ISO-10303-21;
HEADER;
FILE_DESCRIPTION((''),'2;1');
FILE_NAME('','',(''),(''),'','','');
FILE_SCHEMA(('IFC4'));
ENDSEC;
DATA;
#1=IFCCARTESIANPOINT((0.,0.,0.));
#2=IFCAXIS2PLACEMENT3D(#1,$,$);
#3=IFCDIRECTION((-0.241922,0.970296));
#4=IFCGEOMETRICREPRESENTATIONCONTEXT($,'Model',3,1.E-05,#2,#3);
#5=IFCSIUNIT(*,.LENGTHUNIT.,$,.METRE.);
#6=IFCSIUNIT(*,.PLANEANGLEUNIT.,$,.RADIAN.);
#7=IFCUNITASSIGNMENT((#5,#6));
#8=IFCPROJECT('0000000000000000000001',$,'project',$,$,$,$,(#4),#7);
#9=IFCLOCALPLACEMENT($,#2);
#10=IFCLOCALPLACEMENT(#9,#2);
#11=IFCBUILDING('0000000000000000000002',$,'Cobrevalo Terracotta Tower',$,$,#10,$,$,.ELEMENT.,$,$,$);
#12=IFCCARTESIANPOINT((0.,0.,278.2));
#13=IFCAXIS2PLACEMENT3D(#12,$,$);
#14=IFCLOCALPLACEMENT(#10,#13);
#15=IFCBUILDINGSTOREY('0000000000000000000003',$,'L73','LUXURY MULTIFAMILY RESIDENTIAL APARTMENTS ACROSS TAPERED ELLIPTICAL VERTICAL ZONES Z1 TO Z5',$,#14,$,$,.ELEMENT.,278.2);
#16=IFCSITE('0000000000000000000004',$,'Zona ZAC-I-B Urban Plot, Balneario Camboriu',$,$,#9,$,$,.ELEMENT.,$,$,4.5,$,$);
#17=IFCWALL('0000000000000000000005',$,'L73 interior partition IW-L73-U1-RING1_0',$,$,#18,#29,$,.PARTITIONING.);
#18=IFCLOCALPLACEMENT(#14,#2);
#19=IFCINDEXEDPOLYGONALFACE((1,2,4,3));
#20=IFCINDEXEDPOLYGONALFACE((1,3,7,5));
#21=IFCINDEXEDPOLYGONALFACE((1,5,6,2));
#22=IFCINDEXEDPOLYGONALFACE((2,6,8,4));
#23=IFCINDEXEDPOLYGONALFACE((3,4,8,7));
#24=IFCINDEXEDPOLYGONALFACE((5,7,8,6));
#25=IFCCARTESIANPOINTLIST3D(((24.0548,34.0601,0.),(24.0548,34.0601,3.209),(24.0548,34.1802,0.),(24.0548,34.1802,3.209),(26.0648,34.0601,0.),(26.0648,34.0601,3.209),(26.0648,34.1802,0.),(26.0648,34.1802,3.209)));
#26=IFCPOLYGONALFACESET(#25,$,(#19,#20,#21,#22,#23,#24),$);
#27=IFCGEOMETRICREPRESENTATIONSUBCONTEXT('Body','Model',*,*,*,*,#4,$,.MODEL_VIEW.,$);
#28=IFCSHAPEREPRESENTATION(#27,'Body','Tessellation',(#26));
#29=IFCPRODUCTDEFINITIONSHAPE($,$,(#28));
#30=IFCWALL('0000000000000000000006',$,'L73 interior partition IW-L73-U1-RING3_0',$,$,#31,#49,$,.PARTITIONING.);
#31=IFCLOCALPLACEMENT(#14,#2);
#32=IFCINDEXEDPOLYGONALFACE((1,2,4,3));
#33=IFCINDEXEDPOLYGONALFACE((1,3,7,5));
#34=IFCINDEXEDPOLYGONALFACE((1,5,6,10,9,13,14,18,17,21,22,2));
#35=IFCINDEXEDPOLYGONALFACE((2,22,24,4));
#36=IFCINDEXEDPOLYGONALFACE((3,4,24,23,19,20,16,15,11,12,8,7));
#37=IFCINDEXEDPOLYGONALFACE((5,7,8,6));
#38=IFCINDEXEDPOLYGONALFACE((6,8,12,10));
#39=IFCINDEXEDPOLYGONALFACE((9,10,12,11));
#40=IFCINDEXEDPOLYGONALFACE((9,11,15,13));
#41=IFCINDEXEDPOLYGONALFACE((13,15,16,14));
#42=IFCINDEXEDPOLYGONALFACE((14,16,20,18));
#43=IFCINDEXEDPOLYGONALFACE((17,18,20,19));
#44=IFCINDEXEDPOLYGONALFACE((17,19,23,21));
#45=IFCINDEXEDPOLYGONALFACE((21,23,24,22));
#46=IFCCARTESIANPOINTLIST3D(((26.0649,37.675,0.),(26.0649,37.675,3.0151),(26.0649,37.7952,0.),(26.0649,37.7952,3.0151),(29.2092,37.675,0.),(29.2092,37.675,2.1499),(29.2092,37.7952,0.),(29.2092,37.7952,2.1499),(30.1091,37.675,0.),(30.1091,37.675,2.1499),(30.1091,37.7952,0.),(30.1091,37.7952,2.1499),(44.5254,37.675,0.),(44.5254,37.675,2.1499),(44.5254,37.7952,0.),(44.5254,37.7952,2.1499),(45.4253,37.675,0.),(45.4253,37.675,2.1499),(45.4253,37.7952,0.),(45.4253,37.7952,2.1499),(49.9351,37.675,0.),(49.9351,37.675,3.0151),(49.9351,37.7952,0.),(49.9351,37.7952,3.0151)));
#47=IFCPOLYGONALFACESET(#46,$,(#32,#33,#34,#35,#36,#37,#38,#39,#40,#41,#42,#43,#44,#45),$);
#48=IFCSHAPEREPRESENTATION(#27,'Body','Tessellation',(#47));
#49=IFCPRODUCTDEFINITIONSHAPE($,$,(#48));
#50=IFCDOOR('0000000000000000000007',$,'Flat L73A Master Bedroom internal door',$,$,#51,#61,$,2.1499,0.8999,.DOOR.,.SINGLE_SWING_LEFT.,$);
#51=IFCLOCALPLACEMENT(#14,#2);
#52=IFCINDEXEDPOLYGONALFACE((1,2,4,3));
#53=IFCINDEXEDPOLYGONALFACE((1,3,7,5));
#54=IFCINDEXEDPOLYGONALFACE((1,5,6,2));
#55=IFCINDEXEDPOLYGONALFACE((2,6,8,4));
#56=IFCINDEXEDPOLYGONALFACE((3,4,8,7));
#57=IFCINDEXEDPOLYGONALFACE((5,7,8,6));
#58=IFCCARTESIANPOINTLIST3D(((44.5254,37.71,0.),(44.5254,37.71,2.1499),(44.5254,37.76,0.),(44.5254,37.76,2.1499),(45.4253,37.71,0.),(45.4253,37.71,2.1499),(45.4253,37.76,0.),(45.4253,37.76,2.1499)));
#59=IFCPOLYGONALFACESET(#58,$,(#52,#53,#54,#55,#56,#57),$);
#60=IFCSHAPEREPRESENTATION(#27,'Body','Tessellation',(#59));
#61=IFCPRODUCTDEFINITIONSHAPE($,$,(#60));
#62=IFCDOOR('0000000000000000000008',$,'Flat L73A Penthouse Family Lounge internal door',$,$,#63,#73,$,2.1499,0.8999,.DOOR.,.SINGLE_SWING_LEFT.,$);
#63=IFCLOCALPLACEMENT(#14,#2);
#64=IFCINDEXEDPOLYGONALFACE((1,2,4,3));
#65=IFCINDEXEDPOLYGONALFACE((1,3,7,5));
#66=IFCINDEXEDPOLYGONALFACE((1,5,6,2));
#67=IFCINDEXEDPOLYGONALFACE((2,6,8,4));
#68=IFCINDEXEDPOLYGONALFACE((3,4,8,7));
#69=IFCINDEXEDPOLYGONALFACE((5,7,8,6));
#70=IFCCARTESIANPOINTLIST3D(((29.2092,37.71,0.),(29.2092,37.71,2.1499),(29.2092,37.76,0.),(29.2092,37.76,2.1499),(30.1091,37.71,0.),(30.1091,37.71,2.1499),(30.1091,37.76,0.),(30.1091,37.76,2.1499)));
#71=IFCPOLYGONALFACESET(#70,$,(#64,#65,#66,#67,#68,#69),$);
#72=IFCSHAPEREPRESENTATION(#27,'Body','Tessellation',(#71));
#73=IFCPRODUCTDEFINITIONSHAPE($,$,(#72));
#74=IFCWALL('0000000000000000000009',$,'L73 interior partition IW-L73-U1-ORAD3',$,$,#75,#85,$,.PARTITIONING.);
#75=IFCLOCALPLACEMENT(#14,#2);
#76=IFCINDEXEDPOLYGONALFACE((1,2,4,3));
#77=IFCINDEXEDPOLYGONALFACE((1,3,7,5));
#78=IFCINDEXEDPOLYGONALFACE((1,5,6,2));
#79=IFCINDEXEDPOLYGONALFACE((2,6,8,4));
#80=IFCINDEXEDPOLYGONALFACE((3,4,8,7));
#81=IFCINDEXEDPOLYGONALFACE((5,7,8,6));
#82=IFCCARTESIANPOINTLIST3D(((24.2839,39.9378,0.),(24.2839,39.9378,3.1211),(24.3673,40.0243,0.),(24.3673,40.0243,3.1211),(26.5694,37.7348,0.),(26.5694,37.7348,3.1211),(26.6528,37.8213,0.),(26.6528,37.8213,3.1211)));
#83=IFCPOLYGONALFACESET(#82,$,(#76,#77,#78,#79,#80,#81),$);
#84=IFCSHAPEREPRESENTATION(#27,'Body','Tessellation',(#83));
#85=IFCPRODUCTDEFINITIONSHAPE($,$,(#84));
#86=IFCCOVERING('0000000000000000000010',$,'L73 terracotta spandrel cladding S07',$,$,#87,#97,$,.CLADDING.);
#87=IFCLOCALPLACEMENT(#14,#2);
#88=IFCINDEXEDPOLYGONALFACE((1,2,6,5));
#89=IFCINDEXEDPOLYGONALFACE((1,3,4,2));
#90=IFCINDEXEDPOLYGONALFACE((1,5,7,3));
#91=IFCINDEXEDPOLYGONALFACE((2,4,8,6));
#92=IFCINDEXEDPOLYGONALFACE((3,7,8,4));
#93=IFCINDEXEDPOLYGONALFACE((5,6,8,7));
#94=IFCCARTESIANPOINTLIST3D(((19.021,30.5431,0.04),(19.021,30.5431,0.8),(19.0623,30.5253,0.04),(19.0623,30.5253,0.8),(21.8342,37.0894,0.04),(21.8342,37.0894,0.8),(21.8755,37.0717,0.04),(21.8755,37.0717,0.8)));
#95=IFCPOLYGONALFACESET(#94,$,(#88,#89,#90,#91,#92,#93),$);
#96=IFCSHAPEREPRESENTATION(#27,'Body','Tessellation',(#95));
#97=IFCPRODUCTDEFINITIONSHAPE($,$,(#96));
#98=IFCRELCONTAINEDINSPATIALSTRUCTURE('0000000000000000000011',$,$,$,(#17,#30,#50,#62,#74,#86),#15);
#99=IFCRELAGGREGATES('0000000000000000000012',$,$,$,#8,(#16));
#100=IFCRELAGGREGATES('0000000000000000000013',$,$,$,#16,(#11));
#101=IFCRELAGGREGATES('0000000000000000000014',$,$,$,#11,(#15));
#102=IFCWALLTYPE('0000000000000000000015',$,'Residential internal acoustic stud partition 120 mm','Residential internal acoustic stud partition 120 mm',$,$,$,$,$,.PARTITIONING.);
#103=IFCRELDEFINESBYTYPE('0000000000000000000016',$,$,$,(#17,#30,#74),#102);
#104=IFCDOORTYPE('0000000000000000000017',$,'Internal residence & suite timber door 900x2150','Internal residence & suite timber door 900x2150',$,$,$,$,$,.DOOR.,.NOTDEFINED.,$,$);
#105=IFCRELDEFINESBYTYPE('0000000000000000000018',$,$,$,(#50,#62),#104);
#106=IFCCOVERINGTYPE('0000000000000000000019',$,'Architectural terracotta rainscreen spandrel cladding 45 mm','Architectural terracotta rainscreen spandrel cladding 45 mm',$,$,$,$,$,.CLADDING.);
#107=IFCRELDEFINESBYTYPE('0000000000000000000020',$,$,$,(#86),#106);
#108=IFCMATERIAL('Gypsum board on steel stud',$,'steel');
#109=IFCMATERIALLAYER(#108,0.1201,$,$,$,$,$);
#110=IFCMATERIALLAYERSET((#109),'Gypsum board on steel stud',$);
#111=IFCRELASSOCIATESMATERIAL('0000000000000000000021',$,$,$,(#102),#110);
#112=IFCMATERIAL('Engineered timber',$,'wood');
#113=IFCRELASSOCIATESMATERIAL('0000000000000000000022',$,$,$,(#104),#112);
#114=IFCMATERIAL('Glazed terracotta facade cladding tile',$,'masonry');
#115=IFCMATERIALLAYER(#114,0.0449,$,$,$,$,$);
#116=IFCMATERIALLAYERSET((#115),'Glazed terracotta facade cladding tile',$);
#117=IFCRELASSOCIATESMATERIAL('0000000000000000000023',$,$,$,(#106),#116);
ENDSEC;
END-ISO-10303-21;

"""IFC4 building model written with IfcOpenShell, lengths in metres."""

from ifc_helpers import new_model, si_unit, direction, frame, frame_2d, origin, origin_2d, place, context, subcontext, project, spatial, rectangle, extrude, source, transform, mapped, material, layer, layer_set, type_object, element, fill, save


model = new_model("IFC4")

# Units and contexts
model_context = context("Model", 3, precision=1e-05, world=origin(), true_north=direction((-0.241922, 0.970296)))
body_context = subcontext(model_context, "Body", "Model", "MODEL_VIEW")
ifc_project = project(units=[si_unit("LENGTHUNIT", "METRE"), si_unit("PLANEANGLEUNIT", "RADIAN")], contexts=[model_context])

# Site, building, storey
site_placement = place(None, origin())
site = spatial("IfcSite", under=ifc_project, at=site_placement, Name="Zona ZAC-I-B Urban Plot, Balneario Camboriu", CompositionType="ELEMENT", RefElevation=4.5)
building_placement = place(site_placement, origin())
building = spatial("IfcBuilding", under=site, at=building_placement, Name="Cobrevalo Terracotta Tower", CompositionType="ELEMENT")
storey_placement = place(building_placement, frame((0.0, 0.0, 278.2)))
storey = spatial("IfcBuildingStorey", under=building, at=storey_placement, Name="L73", Description="LUXURY MULTIFAMILY RESIDENTIAL APARTMENTS ACROSS TAPERED ELLIPTICAL VERTICAL ZONES Z1 TO Z5", CompositionType="ELEMENT", Elevation=278.2)

# Wall
ifc_material_1 = material(Name="Gypsum board on steel stud", Category="steel")
ifc_layer_1 = layer(ifc_material_1, 0.1201)
ifc_layer_set_1 = layer_set([ifc_layer_1], Name="Gypsum board on steel stud")
wall_type_1 = type_object("IfcWallType", Name="Residential internal acoustic stud partition 120 mm", Description="Residential internal acoustic stud partition 120 mm", PredefinedType="PARTITIONING", material=ifc_layer_set_1)
wall_1_placement = place(storey_placement, frame((24.0549, 34.1201, 0.0), z_axis=(0.0, 0.0, 1.0), x_axis=(1.0, 0.0, 0.0)))
element("IfcWall", 1, at=wall_1_placement, inside=storey, type_object=wall_type_1, Name="L73 interior partition IW-L73-U1-RING1_0", PredefinedType="PARTITIONING", context=body_context, shape_type="SweptSolid", body=[
    extrude(rectangle(XDim=2.01, YDim=0.1201, at=frame_2d((1.0049, 0.0))), origin(), (0.0, 0.0, 1.0), 3.209),
])

# Shared definitions
ifc_material_2 = material(Name="Engineered timber", Category="wood")
door_type = type_object("IfcDoorType", Name="Internal residence & suite timber door 900x2150", Description="Internal residence & suite timber door 900x2150", OperationType="NOTDEFINED", PredefinedType="DOOR", material=ifc_material_2)
shared_shape_1 = source(origin(), body_context, "Body", "SweptSolid", [
    extrude(rectangle(XDim=0.8999, YDim=2.1499, at=frame_2d((0.45, 1.075))), frame((0.0, 0.0249, 0.0), z_axis=(0.0, -1.0, 0.0), x_axis=(1.0, 0.0, 0.0)), (0.0, 0.0, 1.0), 0.05),
])

# Wall, openings, doors
wall_2_placement = place(storey_placement, frame((26.0649, 37.7351, 0.0), z_axis=(0.0, 0.0, 1.0), x_axis=(1.0, 0.0, 0.0)))
wall_2 = element("IfcWall", 2, at=wall_2_placement, inside=storey, type_object=wall_type_1, Name="L73 interior partition IW-L73-U1-RING3_0", PredefinedType="PARTITIONING", context=body_context, shape_type="SweptSolid", body=[
    extrude(rectangle(XDim=23.8701, YDim=0.1201, at=frame_2d((11.9351, 0.0))), origin(), (0.0, 0.0, 1.0), 3.0151),
])
opening_1_placement = place(wall_2_placement, frame((18.4604, 0.0, 0.0)))
opening_1 = element("IfcOpeningElement", 3, at=opening_1_placement, cuts=wall_2, PredefinedType="OPENING", context=body_context, shape_type="SweptSolid", body=[
    extrude(rectangle(XDim=0.8999, YDim=2.1499, at=frame_2d((0.45, 1.075))), frame((0.0, 0.0701, 0.0), z_axis=(0.0, -1.0, 0.0), x_axis=(1.0, 0.0, 0.0)), (0.0, 0.0, 1.0), 0.1401),
])
opening_2_placement = place(wall_2_placement, frame((3.1443, 0.0, 0.0)))
opening_2 = element("IfcOpeningElement", 4, at=opening_2_placement, cuts=wall_2, PredefinedType="OPENING", context=body_context, shape_type="SweptSolid", body=[
    extrude(rectangle(XDim=0.8999, YDim=2.1499, at=frame_2d((0.45, 1.075))), frame((0.0, 0.0701, 0.0), z_axis=(0.0, -1.0, 0.0), x_axis=(1.0, 0.0, 0.0)), (0.0, 0.0, 1.0), 0.1401),
])
door_1_placement = place(opening_1_placement, origin())
door_1 = element("IfcDoor", 5, at=door_1_placement, inside=storey, type_object=door_type, Name="Flat L73A Master Bedroom internal door", OperationType="SINGLE_SWING_LEFT", OverallHeight=2.1499, OverallWidth=0.8999, PredefinedType="DOOR", context=body_context, shape_type="MappedRepresentation", body=[
    mapped(shared_shape_1, transform((0.0, 0.0, 0.0), scale=1.0)),
])
fill(opening_1, door_1)
door_2_placement = place(opening_2_placement, origin())
door_2 = element("IfcDoor", 6, at=door_2_placement, inside=storey, type_object=door_type, Name="Flat L73A Penthouse Family Lounge internal door", OperationType="SINGLE_SWING_LEFT", OverallHeight=2.1499, OverallWidth=0.8999, PredefinedType="DOOR", context=body_context, shape_type="MappedRepresentation", body=[
    mapped(shared_shape_1, transform((0.0, 0.0, 0.0), scale=1.0)),
])
fill(opening_2, door_2)

# Wall
wall_3_placement = place(storey_placement, frame((26.6111, 37.7781, 0.0), z_axis=(0.0, 0.0, 1.0), x_axis=(-0.719986, 0.693989, 0.0)))
element("IfcWall", 7, at=wall_3_placement, inside=storey, type_object=wall_type_1, Name="L73 interior partition IW-L73-U1-ORAD3", PredefinedType="PARTITIONING", context=body_context, shape_type="SweptSolid", body=[
    extrude(rectangle(XDim=3.1743, YDim=0.1201, at=frame_2d((1.5872, 0.0))), origin(), (0.0, 0.0, 1.0), 3.1211),
])

# Covering
ifc_material_3 = material(Name="Glazed terracotta facade cladding tile", Category="masonry")
ifc_layer_2 = layer(ifc_material_3, 0.0449)
ifc_layer_set_2 = layer_set([ifc_layer_2], Name="Glazed terracotta facade cladding tile")
covering_type = type_object("IfcCoveringType", Name="Architectural terracotta rainscreen spandrel cladding 45 mm", Description="Architectural terracotta rainscreen spandrel cladding 45 mm", PredefinedType="CLADDING", material=ifc_layer_set_2)
shared_shape_2 = source(origin(), body_context, "Body", "SweptSolid", [
    extrude(rectangle(XDim=7.1252, YDim=0.0449, at=origin_2d()), origin(), (0.0, 0.0, 1.0), 0.76),
])
covering_placement = place(storey_placement, frame((20.4482, 33.8074, 0.04), z_axis=(0.0, 0.0, 1.0), x_axis=(-0.394829, -0.918755, 0.0)))
element("IfcCovering", 8, at=covering_placement, inside=storey, type_object=covering_type, Name="L73 terracotta spandrel cladding S07", PredefinedType="CLADDING", context=body_context, shape_type="MappedRepresentation", body=[
    mapped(shared_shape_2, transform((0.0, 0.0, 0.0), scale=1.0)),
])

save(model, "model.ifc")
